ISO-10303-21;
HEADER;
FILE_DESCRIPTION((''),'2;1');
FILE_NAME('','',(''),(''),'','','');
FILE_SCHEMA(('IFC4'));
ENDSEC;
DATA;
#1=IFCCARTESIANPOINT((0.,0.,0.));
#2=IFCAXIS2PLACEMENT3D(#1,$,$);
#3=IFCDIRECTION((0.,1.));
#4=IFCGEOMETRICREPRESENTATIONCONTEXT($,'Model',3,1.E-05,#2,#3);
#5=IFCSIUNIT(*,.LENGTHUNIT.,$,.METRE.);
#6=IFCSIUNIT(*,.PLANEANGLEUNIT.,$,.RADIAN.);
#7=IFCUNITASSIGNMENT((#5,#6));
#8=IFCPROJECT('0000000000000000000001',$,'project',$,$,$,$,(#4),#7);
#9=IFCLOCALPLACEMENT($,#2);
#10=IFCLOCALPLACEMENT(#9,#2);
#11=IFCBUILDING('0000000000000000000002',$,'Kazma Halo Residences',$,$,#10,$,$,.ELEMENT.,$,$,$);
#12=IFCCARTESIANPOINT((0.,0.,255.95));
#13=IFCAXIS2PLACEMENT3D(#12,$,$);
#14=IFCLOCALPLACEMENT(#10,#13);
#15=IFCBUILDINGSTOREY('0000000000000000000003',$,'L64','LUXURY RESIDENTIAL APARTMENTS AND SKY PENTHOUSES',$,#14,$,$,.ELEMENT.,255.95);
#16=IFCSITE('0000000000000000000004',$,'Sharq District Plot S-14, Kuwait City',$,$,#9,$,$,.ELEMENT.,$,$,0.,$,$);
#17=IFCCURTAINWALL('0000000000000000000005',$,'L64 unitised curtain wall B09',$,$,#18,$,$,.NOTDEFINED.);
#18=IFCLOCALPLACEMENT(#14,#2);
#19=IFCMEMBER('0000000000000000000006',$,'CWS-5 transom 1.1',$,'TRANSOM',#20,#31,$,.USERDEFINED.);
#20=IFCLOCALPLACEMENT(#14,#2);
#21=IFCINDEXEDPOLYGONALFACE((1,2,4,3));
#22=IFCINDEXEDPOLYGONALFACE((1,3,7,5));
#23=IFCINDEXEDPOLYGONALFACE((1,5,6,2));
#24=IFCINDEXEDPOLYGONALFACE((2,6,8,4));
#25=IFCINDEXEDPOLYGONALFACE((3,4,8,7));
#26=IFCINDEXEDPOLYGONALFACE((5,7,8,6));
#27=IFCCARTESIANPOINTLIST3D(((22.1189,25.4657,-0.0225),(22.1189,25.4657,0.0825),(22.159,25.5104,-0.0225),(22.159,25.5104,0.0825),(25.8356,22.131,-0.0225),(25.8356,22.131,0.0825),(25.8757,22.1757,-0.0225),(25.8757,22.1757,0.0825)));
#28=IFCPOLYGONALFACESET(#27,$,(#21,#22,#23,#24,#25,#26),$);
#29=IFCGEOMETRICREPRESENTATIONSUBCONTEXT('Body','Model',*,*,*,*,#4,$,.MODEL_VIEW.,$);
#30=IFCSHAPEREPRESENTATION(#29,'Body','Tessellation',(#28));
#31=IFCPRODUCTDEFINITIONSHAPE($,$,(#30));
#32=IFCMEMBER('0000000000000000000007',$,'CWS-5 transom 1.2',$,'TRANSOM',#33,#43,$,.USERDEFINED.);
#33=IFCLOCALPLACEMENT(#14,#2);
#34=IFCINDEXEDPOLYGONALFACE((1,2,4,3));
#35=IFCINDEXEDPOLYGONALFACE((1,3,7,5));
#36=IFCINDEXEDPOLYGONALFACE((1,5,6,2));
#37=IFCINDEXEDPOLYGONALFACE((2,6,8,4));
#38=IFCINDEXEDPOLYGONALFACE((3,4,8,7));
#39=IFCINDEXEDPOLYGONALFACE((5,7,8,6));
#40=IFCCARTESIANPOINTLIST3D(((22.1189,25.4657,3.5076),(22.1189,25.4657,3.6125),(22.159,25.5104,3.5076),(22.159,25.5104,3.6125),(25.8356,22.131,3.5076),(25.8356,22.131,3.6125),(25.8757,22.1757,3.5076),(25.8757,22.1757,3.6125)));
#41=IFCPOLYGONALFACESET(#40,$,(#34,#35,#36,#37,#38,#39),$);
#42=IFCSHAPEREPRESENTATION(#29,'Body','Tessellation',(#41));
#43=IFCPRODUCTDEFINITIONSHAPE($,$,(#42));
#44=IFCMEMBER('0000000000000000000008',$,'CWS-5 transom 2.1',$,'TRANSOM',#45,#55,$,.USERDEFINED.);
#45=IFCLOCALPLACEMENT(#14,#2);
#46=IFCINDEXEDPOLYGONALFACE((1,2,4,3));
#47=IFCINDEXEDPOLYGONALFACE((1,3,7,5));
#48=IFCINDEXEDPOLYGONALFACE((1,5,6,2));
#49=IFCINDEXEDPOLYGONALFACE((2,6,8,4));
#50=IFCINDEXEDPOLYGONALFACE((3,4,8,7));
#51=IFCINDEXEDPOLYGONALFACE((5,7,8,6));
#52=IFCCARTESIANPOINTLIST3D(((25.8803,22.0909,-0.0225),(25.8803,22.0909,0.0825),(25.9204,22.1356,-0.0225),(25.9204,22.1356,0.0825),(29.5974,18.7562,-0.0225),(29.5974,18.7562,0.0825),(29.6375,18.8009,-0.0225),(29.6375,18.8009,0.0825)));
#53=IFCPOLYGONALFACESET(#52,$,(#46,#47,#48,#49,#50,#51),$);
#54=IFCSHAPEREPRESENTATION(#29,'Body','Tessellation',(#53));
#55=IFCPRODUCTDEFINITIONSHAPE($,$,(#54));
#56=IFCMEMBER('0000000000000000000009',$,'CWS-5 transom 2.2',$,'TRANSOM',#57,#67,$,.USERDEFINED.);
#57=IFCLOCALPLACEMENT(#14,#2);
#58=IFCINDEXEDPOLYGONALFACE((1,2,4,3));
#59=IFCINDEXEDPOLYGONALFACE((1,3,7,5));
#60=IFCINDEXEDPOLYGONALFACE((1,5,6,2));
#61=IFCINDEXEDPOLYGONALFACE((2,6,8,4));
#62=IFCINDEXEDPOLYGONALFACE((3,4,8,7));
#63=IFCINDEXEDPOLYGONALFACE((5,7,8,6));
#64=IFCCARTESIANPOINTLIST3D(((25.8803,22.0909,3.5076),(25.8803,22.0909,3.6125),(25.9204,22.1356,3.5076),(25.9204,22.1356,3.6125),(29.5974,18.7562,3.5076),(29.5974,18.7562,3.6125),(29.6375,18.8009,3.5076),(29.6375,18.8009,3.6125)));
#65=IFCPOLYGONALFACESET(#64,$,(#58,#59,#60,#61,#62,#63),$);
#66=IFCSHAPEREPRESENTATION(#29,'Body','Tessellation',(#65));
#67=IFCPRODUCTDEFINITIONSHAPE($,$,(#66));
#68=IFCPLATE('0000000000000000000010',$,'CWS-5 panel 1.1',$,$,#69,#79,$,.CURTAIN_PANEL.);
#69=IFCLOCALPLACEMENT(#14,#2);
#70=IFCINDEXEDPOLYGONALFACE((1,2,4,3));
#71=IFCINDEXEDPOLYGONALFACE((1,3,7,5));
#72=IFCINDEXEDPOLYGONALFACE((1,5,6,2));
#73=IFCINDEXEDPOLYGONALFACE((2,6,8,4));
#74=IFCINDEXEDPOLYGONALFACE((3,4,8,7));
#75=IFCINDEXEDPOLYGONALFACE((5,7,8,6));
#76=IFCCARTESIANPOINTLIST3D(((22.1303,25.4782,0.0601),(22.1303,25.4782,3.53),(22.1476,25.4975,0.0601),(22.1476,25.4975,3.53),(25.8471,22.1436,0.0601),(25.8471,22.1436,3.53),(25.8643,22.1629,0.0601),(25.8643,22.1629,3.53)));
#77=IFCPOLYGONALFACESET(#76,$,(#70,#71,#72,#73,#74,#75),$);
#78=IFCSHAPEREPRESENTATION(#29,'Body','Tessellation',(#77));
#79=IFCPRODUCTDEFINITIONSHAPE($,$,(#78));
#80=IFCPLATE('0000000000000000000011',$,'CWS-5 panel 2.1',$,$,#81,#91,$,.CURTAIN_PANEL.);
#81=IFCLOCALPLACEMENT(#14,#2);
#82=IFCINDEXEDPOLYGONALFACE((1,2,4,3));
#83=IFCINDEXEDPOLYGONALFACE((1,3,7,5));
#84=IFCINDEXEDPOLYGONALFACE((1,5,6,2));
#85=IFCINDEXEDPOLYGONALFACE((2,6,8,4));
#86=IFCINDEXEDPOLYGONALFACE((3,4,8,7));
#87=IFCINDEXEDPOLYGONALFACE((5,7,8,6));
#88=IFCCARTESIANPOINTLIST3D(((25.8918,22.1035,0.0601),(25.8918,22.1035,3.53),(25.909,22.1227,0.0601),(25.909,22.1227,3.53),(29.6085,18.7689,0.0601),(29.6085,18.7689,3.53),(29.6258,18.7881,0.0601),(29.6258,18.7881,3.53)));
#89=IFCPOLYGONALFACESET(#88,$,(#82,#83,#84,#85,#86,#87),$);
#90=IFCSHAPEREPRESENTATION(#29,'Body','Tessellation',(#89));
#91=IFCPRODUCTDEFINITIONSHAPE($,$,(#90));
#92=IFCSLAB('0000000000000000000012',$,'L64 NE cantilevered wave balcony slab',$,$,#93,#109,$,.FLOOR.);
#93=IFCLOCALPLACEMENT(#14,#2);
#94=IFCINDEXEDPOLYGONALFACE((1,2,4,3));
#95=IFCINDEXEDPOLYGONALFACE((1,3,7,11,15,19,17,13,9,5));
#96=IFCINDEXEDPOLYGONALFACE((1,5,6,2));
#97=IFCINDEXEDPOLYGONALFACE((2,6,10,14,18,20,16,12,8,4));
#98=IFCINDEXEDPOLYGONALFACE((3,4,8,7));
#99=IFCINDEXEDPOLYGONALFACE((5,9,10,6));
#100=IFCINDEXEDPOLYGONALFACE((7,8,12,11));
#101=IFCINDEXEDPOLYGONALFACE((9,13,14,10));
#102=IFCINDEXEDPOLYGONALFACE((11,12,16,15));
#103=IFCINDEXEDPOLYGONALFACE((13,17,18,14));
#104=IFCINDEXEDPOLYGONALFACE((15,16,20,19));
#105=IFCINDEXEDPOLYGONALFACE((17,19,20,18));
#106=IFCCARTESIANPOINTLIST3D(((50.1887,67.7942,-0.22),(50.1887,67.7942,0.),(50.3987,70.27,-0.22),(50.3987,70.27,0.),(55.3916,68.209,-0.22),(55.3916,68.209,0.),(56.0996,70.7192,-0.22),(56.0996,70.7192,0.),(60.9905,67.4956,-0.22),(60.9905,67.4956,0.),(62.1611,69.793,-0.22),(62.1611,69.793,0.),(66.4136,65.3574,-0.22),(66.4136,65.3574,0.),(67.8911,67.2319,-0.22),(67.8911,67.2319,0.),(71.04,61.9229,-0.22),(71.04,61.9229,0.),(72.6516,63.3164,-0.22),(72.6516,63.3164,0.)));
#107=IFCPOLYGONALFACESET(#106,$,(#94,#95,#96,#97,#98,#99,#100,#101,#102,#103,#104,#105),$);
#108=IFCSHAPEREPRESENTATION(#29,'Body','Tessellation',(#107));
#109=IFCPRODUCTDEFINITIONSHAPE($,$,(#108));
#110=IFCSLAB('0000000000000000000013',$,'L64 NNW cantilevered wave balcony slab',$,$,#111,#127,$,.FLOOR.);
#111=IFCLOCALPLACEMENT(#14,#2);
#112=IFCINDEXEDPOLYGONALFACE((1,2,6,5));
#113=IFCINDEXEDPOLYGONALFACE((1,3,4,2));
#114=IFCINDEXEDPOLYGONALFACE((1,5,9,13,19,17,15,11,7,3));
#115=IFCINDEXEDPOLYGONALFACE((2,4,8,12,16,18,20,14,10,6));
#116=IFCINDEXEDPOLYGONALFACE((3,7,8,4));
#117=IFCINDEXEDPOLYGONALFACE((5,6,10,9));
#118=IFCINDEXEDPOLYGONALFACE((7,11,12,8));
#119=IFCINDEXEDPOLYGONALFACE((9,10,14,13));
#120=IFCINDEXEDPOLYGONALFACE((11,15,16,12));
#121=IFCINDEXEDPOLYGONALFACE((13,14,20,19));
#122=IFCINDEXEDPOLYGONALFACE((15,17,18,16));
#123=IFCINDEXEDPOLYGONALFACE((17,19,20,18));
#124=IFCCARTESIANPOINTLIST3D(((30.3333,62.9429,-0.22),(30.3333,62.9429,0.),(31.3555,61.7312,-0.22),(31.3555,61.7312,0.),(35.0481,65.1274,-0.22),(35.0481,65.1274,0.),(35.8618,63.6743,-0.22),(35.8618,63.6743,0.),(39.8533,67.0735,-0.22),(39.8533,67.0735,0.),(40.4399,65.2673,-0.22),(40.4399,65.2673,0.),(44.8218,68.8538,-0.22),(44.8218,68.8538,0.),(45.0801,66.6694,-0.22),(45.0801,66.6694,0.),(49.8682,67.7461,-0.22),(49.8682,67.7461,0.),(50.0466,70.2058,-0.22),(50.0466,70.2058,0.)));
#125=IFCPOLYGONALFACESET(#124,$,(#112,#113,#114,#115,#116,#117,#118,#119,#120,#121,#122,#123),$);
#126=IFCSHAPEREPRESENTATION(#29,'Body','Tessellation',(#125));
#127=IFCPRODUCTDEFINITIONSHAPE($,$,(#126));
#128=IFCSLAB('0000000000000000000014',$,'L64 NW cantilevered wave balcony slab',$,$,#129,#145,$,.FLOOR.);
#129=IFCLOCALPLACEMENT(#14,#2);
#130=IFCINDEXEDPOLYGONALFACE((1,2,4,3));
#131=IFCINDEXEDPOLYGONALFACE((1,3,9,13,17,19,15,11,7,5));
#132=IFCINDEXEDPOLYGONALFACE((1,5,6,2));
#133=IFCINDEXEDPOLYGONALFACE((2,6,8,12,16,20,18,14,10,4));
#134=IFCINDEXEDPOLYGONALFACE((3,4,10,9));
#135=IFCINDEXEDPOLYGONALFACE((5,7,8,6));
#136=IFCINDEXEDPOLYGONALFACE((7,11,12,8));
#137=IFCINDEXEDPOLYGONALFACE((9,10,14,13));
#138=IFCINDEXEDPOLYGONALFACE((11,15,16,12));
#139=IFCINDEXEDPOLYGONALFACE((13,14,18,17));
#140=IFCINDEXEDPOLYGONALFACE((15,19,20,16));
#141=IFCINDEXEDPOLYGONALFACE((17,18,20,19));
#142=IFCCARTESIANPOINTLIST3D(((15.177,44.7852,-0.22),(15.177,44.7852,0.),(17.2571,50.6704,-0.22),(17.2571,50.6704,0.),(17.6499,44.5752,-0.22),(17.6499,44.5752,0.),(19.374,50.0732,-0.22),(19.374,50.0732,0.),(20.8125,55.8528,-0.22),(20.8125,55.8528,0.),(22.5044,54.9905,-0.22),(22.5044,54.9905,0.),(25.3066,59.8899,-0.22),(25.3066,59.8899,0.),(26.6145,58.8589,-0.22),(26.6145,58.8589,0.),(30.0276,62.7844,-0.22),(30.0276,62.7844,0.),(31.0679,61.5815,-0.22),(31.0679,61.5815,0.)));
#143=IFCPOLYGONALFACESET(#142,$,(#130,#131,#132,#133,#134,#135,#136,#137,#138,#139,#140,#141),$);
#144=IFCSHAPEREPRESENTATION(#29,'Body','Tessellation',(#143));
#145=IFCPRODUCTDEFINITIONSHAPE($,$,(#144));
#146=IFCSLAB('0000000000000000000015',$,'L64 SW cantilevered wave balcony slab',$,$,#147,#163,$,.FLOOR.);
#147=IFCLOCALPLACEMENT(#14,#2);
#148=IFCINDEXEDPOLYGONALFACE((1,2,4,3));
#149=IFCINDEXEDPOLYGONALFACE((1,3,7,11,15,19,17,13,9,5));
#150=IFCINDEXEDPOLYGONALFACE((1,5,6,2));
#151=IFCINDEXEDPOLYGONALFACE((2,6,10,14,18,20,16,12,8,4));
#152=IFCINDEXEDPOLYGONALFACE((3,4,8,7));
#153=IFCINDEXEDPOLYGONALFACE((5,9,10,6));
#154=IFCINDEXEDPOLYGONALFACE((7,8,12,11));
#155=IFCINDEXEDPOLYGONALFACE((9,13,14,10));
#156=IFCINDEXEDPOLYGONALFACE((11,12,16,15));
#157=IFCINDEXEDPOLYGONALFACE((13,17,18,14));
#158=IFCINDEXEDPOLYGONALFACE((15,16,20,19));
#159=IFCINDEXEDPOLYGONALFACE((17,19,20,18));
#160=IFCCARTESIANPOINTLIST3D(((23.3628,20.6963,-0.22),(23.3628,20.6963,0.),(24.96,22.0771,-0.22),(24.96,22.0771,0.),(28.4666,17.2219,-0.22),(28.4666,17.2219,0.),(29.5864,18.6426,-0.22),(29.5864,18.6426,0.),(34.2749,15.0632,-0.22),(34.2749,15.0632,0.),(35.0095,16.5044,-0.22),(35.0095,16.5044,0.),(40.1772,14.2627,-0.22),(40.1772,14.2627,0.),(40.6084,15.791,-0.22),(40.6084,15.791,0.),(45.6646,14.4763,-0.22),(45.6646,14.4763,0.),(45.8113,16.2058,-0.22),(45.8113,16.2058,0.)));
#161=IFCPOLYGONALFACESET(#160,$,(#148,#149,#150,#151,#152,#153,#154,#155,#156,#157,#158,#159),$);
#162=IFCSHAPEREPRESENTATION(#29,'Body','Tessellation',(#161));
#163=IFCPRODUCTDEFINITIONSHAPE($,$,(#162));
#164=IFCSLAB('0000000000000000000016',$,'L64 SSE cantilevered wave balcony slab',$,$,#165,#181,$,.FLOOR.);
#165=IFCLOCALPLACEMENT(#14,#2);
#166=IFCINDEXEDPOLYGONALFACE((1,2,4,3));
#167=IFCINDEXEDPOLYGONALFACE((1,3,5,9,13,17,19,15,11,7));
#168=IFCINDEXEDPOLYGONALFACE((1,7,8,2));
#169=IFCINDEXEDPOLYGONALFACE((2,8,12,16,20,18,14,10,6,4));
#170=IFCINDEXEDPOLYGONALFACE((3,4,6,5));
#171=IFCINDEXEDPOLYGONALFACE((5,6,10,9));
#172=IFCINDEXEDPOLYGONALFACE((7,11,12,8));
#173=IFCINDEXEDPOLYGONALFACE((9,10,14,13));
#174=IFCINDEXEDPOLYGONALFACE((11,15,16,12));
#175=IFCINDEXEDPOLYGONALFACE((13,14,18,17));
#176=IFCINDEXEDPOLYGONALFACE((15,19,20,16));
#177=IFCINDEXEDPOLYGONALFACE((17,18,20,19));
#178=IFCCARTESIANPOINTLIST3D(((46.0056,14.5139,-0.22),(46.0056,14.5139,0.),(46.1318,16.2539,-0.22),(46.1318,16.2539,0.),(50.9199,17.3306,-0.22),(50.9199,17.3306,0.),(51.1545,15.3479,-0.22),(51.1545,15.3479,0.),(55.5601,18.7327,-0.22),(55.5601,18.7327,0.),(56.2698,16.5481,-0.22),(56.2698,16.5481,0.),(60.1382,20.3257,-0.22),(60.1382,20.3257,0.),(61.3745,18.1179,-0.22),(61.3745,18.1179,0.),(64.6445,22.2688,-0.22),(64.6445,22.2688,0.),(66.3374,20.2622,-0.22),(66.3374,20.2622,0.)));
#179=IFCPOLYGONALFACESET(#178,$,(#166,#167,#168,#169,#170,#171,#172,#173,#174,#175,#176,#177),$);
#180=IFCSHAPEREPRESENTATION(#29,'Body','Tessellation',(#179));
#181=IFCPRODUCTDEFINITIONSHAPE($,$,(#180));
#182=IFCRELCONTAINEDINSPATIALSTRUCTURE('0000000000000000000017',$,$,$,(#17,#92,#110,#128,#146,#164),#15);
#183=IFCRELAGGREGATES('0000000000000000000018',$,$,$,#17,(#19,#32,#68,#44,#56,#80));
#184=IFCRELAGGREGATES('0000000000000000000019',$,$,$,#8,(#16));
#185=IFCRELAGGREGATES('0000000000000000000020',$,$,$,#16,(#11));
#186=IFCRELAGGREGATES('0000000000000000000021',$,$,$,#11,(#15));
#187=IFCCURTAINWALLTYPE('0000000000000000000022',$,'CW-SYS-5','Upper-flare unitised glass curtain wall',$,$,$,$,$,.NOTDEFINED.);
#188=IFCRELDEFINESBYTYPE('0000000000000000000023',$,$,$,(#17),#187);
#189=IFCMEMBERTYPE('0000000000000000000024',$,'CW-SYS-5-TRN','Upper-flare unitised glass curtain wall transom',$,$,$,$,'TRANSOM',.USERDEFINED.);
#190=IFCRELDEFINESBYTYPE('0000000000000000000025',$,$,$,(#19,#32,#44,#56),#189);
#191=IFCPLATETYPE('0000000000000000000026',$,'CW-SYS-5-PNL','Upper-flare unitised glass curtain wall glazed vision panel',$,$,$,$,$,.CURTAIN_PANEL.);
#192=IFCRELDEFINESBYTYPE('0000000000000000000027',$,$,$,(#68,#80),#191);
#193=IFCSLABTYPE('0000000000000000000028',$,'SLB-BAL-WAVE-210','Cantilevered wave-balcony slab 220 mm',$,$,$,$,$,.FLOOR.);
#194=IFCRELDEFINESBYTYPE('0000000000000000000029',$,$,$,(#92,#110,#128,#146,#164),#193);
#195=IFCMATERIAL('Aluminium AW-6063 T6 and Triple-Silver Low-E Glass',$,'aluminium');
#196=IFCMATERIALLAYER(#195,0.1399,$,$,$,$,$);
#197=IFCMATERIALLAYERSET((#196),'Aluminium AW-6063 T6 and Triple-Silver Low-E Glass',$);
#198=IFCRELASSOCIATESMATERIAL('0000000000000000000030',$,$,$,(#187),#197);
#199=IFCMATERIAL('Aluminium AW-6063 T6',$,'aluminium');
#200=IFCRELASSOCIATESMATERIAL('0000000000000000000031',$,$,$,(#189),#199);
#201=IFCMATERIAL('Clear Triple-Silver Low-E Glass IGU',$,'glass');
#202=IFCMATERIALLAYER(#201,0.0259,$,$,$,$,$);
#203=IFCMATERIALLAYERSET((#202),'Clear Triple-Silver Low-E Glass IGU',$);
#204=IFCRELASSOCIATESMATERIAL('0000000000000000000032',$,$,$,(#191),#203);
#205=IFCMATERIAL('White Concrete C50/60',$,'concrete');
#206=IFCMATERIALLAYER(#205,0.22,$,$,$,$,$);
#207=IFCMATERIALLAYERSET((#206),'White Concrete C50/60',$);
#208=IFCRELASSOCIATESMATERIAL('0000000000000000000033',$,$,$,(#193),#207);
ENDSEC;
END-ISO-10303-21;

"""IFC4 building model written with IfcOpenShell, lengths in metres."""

from ifc_helpers import new_model, si_unit, direction, frame, origin, origin_2d, place, context, subcontext, project, spatial, polyline, rectangle, outline, extrude, material, layer, layer_set, material_profile, profile_set, type_object, element, aggregate, save


model = new_model("IFC4")

# Units and contexts
model_context = context("Model", 3, precision=1e-05, world=origin(), true_north=direction((0.0, 1.0)))
body_context = subcontext(model_context, "Body", "Model", "MODEL_VIEW")
ifc_project = project(units=[si_unit("LENGTHUNIT", "METRE"), si_unit("PLANEANGLEUNIT", "RADIAN")], contexts=[model_context])

# Site, building, storey
site_placement = place(None, origin())
site = spatial("IfcSite", under=ifc_project, at=site_placement, Name="Sharq District Plot S-14, Kuwait City", CompositionType="ELEMENT", RefElevation=0.0)
building_placement = place(site_placement, origin())
building = spatial("IfcBuilding", under=site, at=building_placement, Name="Kazma Halo Residences", CompositionType="ELEMENT")
storey_placement = place(building_placement, frame((0.0, 0.0, 255.95)))
storey = spatial("IfcBuildingStorey", under=building, at=storey_placement, Name="L64", Description="LUXURY RESIDENTIAL APARTMENTS AND SKY PENTHOUSES", CompositionType="ELEMENT", Elevation=255.95)

# Curtain wall, members, plates
ifc_material_1 = material(Name="Aluminium AW-6063 T6 and Triple-Silver Low-E Glass", Category="aluminium")
ifc_layer_1 = layer(ifc_material_1, 0.1399)
ifc_layer_set_1 = layer_set([ifc_layer_1], Name="Aluminium AW-6063 T6 and Triple-Silver Low-E Glass")
curtain_wall_type = type_object("IfcCurtainWallType", Name="CW-SYS-5", Description="Upper-flare unitised glass curtain wall", PredefinedType="NOTDEFINED", material=ifc_layer_set_1)
curtain_wall_placement = place(storey_placement, origin())
curtain_wall = element("IfcCurtainWall", 1, at=curtain_wall_placement, inside=storey, type_object=curtain_wall_type, Name="L64 unitised curtain wall B09", PredefinedType="NOTDEFINED")
ifc_material_2 = material(Name="Aluminium AW-6063 T6", Category="aluminium")
ifc_material_profile_1 = material_profile(ifc_material_2, rectangle(XDim=0.0601, YDim=0.105, at=origin_2d()), Name="CWT-60x105")
ifc_profile_set_1 = profile_set([ifc_material_profile_1], Name="Aluminium AW-6063 T6")
member_type_1 = type_object("IfcMemberType", Name="CW-SYS-5-TRN", Description="Upper-flare unitised glass curtain wall transom", ElementType="TRANSOM", PredefinedType="USERDEFINED", material=ifc_profile_set_1)
member_1_placement = place(storey_placement, frame((22.1389, 25.488, 0.03), z_axis=(0.744329, -0.667813, 0.0), x_axis=(0.667813, 0.744329, 0.0)))
member_1 = element("IfcMember", 2, at=member_1_placement, type_object=member_type_1, Name="CWS-5 transom 1.1", ObjectType="TRANSOM", PredefinedType="USERDEFINED", context=body_context, shape_type="SweptSolid", body=[
    extrude(rectangle(XDim=0.0601, YDim=0.105, at=origin_2d()), origin(), (0.0, 0.0, 1.0), 4.9934),
])
member_2_placement = place(storey_placement, frame((22.1389, 25.488, 3.5601), z_axis=(0.744329, -0.667813, 0.0), x_axis=(0.667813, 0.744329, 0.0)))
member_2 = element("IfcMember", 3, at=member_2_placement, type_object=member_type_1, Name="CWS-5 transom 1.2", ObjectType="TRANSOM", PredefinedType="USERDEFINED", context=body_context, shape_type="SweptSolid", body=[
    extrude(rectangle(XDim=0.0601, YDim=0.105, at=origin_2d()), origin(), (0.0, 0.0, 1.0), 4.9934),
])
member_3_placement = place(storey_placement, frame((25.9004, 22.1133, 0.03), z_axis=(0.744351, -0.667789, 0.0), x_axis=(0.667789, 0.744351, 0.0)))
member_3 = element("IfcMember", 4, at=member_3_placement, type_object=member_type_1, Name="CWS-5 transom 2.1", ObjectType="TRANSOM", PredefinedType="USERDEFINED", context=body_context, shape_type="SweptSolid", body=[
    extrude(rectangle(XDim=0.0601, YDim=0.105, at=origin_2d()), origin(), (0.0, 0.0, 1.0), 4.9937),
])
member_4_placement = place(storey_placement, frame((25.9004, 22.1133, 3.5601), z_axis=(0.744351, -0.667789, 0.0), x_axis=(0.667789, 0.744351, 0.0)))
member_4 = element("IfcMember", 5, at=member_4_placement, type_object=member_type_1, Name="CWS-5 transom 2.2", ObjectType="TRANSOM", PredefinedType="USERDEFINED", context=body_context, shape_type="SweptSolid", body=[
    extrude(rectangle(XDim=0.0601, YDim=0.105, at=origin_2d()), origin(), (0.0, 0.0, 1.0), 4.9937),
])
ifc_material_3 = material(Name="Clear Triple-Silver Low-E Glass IGU", Category="glass")
ifc_layer_2 = layer(ifc_material_3, 0.0259)
ifc_layer_set_2 = layer_set([ifc_layer_2], Name="Clear Triple-Silver Low-E Glass IGU")
plate_type = type_object("IfcPlateType", Name="CW-SYS-5-PNL", Description="Upper-flare unitised glass curtain wall glazed vision panel", PredefinedType="CURTAIN_PANEL", material=ifc_layer_set_2)
plate_1_placement = place(storey_placement, frame((23.9973, 23.8206, 0.0601), z_axis=(0.0, 0.0, 1.0), x_axis=(0.744336, -0.667805, 0.0)))
plate_1 = element("IfcPlate", 6, at=plate_1_placement, type_object=plate_type, Name="CWS-5 panel 1.1", PredefinedType="CURTAIN_PANEL", context=body_context, shape_type="SweptSolid", body=[
    extrude(rectangle(XDim=4.9934, YDim=0.0259, at=origin_2d()), origin(), (0.0, 0.0, 1.0), 3.47),
])
plate_2_placement = place(storey_placement, frame((27.7588, 20.4458, 0.0601), z_axis=(0.0, 0.0, 1.0), x_axis=(0.744336, -0.667805, 0.0)))
plate_2 = element("IfcPlate", 7, at=plate_2_placement, type_object=plate_type, Name="CWS-5 panel 2.1", PredefinedType="CURTAIN_PANEL", context=body_context, shape_type="SweptSolid", body=[
    extrude(rectangle(XDim=4.9934, YDim=0.0259, at=origin_2d()), origin(), (0.0, 0.0, 1.0), 3.47),
])
aggregate(curtain_wall, [member_1, member_2, plate_1, member_3, member_4, plate_2])

# Slabs
ifc_material_4 = material(Name="White Concrete C50/60", Category="concrete")
ifc_layer_3 = layer(ifc_material_4, 0.22)
ifc_layer_set_3 = layer_set([ifc_layer_3], Name="White Concrete C50/60")
slab_type_1 = type_object("IfcSlabType", Name="SLB-BAL-WAVE-210", Description="Cantilevered wave-balcony slab 220 mm", PredefinedType="FLOOR", material=ifc_layer_set_3)
slab_1_placement = place(storey_placement, frame((0.0, 0.0, -0.22)))
element("IfcSlab", 8, at=slab_1_placement, inside=storey, type_object=slab_type_1, Name="L64 NE cantilevered wave balcony slab", PredefinedType="FLOOR", context=body_context, shape_type="SweptSolid", body=[
    extrude(outline(polyline([(71.04, 61.9229), (66.4136, 65.3574), (60.9905, 67.4956), (55.3916, 68.209), (50.1887, 67.7942), (50.3987, 70.27), (56.0996, 70.7192), (62.1611, 69.793), (67.8911, 67.2319), (72.6516, 63.3164), (71.04, 61.9229)])), origin(), (0.0, 0.0, 1.0), 0.22),
])
slab_2_placement = place(storey_placement, frame((0.0, 0.0, -0.22)))
element("IfcSlab", 9, at=slab_2_placement, inside=storey, type_object=slab_type_1, Name="L64 NNW cantilevered wave balcony slab", PredefinedType="FLOOR", context=body_context, shape_type="SweptSolid", body=[
    extrude(outline(polyline([(49.8682, 67.7461), (45.0801, 66.6694), (40.4399, 65.2673), (35.8618, 63.6743), (31.3555, 61.7312), (30.3333, 62.9429), (35.0481, 65.1274), (39.8533, 67.0735), (44.8218, 68.8538), (50.0466, 70.2058), (49.8682, 67.7461)])), origin(), (0.0, 0.0, 1.0), 0.22),
])
slab_3_placement = place(storey_placement, frame((0.0, 0.0, -0.22)))
element("IfcSlab", 10, at=slab_3_placement, inside=storey, type_object=slab_type_1, Name="L64 NW cantilevered wave balcony slab", PredefinedType="FLOOR", context=body_context, shape_type="SweptSolid", body=[
    extrude(outline(polyline([(31.0679, 61.5815), (26.6145, 58.8589), (22.5044, 54.9905), (19.374, 50.0732), (17.6499, 44.5752), (15.177, 44.7852), (17.2571, 50.6704), (20.8125, 55.8528), (25.3066, 59.8899), (30.0276, 62.7844), (31.0679, 61.5815)])), origin(), (0.0, 0.0, 1.0), 0.22),
])
slab_4_placement = place(storey_placement, frame((0.0, 0.0, -0.22)))
element("IfcSlab", 11, at=slab_4_placement, inside=storey, type_object=slab_type_1, Name="L64 SW cantilevered wave balcony slab", PredefinedType="FLOOR", context=body_context, shape_type="SweptSolid", body=[
    extrude(outline(polyline([(24.96, 22.0771), (29.5864, 18.6426), (35.0095, 16.5044), (40.6084, 15.791), (45.8113, 16.2058), (45.6646, 14.4763), (40.1772, 14.2627), (34.2749, 15.0632), (28.4666, 17.2219), (23.3628, 20.6963), (24.96, 22.0771)])), origin(), (0.0, 0.0, 1.0), 0.22),
])
slab_5_placement = place(storey_placement, frame((0.0, 0.0, -0.22)))
element("IfcSlab", 12, at=slab_5_placement, inside=storey, type_object=slab_type_1, Name="L64 SSE cantilevered wave balcony slab", PredefinedType="FLOOR", context=body_context, shape_type="SweptSolid", body=[
    extrude(outline(polyline([(46.1318, 16.2539), (50.9199, 17.3306), (55.5601, 18.7327), (60.1382, 20.3257), (64.6445, 22.2688), (66.3374, 20.2622), (61.3745, 18.1179), (56.2698, 16.5481), (51.1545, 15.3479), (46.0056, 14.5139), (46.1318, 16.2539)])), origin(), (0.0, 0.0, 1.0), 0.22),
])

save(model, "model.ifc")
